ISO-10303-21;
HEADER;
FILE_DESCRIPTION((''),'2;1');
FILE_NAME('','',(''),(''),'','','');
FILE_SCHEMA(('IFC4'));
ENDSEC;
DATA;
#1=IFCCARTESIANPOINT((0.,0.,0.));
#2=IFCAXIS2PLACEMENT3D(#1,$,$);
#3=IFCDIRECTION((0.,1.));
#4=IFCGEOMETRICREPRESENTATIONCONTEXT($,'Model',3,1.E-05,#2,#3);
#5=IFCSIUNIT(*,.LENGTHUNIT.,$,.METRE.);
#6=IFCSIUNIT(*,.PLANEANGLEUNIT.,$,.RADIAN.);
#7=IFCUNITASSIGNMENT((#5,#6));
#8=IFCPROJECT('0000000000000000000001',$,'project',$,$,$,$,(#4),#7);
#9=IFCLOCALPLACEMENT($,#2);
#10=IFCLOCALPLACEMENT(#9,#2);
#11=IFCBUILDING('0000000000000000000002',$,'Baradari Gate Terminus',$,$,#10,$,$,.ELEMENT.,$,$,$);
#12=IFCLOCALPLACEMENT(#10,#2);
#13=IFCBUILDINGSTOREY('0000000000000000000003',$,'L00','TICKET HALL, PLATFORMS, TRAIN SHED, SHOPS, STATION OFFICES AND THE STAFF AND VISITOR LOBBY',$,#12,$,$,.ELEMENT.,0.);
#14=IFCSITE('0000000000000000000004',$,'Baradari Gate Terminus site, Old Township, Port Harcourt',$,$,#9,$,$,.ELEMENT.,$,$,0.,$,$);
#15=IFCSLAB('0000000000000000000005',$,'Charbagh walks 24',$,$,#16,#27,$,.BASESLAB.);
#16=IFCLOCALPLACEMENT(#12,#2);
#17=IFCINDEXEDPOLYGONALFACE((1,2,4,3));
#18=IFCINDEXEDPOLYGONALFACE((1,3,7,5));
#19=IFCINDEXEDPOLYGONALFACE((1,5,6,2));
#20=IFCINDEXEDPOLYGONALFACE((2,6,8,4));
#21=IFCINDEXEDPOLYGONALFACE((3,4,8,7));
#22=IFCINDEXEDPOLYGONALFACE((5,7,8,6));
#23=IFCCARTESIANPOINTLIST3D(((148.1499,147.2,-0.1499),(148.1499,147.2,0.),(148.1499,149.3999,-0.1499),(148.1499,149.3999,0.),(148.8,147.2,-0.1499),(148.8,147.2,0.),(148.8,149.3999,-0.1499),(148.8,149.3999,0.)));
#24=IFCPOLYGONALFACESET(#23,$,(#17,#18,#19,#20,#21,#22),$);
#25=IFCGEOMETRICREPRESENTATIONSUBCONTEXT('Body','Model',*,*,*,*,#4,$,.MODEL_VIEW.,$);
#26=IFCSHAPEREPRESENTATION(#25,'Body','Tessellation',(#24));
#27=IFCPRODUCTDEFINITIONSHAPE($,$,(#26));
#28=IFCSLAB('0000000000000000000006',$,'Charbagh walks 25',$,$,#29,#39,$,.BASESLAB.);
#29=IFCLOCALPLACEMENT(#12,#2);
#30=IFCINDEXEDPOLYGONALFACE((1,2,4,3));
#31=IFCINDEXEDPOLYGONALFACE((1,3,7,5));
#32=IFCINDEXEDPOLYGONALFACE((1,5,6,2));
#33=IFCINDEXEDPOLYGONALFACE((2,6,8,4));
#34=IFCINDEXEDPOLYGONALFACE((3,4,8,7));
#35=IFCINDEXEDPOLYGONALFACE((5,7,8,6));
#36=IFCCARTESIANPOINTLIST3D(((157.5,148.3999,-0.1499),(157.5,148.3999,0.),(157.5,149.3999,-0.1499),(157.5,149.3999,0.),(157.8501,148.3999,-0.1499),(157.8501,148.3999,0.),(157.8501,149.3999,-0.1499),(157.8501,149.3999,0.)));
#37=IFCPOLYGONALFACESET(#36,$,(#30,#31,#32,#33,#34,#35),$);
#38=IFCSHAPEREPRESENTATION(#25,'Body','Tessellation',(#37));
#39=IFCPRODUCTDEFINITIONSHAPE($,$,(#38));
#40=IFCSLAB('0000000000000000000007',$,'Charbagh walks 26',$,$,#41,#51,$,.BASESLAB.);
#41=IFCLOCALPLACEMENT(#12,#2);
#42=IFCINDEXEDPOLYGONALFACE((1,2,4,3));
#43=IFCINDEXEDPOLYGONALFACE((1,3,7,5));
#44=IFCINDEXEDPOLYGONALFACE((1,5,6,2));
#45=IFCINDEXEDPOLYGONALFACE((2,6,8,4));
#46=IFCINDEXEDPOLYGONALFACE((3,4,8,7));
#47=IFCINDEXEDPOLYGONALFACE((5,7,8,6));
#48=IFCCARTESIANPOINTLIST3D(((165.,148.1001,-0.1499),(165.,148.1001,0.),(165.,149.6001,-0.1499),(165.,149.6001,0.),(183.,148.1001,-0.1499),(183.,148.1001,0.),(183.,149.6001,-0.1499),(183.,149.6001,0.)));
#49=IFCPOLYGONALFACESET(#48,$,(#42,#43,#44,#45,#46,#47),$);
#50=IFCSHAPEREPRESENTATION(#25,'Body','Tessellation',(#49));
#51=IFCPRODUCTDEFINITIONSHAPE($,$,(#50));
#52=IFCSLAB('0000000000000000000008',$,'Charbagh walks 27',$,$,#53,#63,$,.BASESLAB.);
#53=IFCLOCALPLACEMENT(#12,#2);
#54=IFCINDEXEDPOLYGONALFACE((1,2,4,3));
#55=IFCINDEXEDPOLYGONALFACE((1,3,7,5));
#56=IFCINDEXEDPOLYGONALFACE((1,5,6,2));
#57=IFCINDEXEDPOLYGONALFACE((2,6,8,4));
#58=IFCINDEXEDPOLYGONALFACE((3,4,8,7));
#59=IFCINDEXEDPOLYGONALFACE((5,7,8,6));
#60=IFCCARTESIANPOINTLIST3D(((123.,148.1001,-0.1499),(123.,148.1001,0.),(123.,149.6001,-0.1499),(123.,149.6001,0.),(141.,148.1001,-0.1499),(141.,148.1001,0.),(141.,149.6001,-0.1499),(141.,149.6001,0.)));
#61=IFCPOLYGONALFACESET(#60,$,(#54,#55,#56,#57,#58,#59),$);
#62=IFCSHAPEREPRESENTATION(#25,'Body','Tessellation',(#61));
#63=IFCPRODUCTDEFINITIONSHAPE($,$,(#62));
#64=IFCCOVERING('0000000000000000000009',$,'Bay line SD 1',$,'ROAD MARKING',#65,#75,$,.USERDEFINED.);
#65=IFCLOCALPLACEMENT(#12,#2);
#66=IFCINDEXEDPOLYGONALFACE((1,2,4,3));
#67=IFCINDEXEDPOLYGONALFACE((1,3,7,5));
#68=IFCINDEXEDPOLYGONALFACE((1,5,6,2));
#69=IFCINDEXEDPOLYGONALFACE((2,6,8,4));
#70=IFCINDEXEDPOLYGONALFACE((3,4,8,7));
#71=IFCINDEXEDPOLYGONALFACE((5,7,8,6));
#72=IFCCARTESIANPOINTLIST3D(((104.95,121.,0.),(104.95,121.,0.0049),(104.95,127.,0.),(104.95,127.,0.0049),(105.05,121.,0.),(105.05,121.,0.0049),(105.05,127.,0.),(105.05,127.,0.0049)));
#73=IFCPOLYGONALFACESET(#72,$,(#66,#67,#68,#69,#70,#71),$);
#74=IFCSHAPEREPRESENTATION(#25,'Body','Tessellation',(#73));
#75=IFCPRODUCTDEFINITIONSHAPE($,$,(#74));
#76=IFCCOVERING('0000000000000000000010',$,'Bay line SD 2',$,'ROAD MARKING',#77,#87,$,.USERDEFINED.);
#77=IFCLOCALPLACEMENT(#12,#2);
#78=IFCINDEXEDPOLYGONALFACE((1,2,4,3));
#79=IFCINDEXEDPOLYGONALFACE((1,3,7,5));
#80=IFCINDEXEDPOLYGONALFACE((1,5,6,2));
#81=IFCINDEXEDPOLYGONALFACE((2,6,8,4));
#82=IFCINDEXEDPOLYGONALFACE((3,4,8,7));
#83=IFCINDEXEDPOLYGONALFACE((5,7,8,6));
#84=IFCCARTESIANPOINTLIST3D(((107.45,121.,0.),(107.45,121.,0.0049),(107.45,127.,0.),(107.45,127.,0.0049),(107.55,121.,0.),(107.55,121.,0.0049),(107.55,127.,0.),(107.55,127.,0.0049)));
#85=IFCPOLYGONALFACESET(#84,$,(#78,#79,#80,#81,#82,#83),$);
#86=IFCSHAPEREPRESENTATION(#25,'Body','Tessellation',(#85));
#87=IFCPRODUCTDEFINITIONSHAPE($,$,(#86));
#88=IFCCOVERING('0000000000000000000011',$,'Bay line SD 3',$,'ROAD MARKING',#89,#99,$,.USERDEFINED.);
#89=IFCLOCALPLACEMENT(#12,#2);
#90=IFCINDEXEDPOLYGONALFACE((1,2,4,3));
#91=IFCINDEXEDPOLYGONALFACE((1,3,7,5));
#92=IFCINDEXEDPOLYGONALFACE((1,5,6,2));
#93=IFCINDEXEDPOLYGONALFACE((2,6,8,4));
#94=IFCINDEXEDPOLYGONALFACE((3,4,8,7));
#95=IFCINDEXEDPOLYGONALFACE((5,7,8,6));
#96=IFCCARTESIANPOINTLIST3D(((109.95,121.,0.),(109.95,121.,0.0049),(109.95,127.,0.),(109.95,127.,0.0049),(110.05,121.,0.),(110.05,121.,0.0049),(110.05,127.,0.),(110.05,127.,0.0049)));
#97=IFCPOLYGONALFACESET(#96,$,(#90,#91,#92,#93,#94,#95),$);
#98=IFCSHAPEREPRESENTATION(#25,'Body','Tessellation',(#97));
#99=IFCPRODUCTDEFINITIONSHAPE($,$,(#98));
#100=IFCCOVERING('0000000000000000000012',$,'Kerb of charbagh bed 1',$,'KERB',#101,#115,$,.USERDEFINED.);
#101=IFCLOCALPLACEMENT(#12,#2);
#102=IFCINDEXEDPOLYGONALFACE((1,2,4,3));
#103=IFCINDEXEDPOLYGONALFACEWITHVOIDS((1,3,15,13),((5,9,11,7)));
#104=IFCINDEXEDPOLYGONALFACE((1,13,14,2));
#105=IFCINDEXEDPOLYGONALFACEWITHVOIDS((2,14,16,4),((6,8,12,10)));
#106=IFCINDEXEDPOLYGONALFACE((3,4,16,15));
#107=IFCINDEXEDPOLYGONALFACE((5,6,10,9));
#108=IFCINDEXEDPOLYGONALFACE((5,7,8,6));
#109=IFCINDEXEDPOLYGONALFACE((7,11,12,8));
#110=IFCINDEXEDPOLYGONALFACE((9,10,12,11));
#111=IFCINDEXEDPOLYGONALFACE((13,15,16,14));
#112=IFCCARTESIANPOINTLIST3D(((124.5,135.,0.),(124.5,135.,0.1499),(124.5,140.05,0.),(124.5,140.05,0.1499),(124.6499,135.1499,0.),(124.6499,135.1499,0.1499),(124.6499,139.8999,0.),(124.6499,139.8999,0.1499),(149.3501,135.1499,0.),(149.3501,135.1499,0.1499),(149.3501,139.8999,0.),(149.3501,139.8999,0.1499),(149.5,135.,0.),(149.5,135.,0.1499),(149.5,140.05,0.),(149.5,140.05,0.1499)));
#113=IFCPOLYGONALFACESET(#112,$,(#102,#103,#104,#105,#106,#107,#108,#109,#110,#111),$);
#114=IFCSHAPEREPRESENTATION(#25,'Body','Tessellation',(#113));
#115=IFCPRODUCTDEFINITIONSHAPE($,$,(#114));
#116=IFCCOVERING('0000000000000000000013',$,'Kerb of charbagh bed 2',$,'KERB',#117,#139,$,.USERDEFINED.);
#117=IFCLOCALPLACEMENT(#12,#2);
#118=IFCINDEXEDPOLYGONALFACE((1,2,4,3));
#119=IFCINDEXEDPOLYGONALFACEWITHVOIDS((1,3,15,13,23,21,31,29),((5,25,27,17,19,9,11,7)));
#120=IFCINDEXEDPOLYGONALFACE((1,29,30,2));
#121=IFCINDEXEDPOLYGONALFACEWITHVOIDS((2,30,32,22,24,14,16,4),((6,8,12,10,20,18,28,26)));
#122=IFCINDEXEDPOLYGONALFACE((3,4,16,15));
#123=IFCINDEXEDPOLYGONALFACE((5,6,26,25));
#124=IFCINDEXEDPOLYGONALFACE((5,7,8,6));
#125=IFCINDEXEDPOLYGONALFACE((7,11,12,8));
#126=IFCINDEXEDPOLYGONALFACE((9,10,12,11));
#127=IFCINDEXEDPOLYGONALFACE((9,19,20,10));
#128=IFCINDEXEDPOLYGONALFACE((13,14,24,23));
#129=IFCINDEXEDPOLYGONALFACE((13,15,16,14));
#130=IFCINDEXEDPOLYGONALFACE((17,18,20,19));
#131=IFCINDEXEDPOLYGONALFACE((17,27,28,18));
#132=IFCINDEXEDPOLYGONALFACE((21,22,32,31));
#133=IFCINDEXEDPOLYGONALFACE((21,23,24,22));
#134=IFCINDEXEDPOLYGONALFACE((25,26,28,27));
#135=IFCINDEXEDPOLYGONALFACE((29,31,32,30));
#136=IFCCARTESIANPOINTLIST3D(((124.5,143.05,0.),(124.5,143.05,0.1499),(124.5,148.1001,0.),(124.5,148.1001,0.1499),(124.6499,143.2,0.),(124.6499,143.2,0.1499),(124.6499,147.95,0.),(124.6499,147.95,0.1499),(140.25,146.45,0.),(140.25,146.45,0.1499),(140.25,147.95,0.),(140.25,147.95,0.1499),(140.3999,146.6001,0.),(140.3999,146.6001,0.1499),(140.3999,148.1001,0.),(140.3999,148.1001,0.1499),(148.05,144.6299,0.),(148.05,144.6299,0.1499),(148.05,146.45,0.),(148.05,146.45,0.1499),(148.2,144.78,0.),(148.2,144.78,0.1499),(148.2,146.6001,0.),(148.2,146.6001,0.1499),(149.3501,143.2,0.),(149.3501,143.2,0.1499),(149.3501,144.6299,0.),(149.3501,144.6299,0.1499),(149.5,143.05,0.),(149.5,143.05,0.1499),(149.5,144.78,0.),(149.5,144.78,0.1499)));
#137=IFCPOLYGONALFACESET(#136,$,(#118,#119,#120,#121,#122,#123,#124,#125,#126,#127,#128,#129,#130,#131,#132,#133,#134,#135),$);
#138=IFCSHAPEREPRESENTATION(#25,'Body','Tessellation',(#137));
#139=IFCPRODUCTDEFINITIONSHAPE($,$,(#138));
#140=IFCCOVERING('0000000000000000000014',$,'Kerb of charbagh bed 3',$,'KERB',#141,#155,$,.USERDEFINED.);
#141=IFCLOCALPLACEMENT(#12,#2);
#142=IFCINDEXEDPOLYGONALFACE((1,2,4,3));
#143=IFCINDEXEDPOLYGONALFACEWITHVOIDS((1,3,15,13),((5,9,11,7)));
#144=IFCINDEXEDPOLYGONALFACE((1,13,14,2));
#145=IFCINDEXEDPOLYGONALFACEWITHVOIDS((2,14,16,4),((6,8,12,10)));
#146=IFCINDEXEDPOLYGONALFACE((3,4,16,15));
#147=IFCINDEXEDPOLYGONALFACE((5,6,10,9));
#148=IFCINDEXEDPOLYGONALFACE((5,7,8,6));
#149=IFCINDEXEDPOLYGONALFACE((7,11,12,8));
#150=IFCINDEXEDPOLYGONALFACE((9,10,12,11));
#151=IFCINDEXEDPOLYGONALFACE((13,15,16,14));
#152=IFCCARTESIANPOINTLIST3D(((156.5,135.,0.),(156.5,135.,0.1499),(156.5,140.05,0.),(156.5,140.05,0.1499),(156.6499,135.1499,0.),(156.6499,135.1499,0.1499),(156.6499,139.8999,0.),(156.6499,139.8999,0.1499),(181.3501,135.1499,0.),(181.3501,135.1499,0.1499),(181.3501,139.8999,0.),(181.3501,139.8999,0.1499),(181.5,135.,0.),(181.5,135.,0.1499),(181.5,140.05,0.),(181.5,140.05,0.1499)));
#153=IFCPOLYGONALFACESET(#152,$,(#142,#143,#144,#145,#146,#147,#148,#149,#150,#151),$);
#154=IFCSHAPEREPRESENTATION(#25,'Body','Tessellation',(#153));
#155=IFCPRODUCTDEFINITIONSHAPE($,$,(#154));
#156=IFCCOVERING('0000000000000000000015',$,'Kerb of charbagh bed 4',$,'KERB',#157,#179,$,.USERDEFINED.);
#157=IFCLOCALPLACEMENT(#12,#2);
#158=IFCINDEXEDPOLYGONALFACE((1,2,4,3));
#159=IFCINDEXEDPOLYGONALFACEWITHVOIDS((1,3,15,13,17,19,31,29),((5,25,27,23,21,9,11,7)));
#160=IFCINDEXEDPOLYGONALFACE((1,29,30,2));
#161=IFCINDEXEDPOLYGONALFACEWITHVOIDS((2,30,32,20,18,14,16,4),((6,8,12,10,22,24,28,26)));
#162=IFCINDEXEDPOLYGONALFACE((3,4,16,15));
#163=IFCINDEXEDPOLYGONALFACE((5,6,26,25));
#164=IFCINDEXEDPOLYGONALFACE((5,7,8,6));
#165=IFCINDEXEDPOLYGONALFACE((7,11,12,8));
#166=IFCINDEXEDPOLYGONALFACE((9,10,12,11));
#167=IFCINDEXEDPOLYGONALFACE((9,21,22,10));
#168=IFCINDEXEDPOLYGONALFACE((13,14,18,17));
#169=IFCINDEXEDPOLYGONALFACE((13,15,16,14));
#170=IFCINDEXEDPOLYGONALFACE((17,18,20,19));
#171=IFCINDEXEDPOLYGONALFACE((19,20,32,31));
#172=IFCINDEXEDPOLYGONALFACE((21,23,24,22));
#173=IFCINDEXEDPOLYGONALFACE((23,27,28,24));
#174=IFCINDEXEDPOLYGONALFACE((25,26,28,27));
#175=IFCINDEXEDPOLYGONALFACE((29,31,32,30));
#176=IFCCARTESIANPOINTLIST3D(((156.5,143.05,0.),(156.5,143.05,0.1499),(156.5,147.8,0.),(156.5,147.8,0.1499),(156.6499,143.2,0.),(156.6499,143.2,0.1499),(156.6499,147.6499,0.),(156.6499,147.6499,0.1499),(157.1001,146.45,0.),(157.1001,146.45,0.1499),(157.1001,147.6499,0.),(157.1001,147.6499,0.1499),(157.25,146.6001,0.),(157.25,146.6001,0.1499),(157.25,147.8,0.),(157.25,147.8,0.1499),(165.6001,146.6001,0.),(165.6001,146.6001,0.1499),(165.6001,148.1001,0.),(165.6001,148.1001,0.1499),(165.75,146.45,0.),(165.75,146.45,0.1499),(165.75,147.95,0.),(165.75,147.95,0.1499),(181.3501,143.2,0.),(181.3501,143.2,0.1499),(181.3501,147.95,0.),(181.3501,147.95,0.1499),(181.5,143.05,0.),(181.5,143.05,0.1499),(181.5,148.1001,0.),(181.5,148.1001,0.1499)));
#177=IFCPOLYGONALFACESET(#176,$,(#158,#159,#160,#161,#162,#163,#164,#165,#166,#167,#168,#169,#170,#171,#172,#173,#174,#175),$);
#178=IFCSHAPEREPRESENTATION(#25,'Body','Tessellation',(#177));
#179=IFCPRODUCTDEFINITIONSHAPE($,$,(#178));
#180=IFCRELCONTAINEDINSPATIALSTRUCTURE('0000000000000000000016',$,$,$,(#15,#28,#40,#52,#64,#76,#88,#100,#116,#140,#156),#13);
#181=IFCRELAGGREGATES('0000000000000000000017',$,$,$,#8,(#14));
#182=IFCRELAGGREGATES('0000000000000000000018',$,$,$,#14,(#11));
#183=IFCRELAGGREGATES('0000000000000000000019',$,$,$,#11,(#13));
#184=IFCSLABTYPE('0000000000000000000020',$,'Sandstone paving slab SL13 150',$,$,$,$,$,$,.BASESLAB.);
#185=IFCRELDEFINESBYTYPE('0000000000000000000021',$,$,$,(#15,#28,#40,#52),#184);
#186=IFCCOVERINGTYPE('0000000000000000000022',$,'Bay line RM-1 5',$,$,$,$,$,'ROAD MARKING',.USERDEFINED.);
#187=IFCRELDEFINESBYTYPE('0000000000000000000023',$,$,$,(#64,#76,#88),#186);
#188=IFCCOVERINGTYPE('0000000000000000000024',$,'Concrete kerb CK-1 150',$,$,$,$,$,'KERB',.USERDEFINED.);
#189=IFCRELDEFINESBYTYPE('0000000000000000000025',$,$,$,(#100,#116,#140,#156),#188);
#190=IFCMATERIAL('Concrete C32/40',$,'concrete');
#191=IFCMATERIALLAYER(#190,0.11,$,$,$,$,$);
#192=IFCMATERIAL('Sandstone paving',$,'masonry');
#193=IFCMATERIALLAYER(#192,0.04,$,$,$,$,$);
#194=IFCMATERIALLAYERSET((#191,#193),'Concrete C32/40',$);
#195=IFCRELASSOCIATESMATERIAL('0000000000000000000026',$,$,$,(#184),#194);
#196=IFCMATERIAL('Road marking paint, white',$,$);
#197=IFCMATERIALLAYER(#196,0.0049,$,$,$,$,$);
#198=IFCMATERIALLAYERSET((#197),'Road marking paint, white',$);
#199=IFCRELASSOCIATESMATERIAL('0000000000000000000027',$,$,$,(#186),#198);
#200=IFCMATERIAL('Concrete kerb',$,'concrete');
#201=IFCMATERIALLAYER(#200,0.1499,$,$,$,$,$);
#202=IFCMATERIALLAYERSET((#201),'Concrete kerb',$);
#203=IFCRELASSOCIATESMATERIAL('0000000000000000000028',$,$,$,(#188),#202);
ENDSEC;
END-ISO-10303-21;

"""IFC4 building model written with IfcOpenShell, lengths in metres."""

from ifc_helpers import new_model, si_unit, direction, frame, origin, place, context, subcontext, project, spatial, polyline, outline, extrude, material, layer, layer_set, type_object, element, save


model = new_model("IFC4")

# Units and contexts
model_context = context("Model", 3, precision=1e-05, world=origin(), true_north=direction((0.0, 1.0)))
body_context = subcontext(model_context, "Body", "Model", "MODEL_VIEW")
ifc_project = project(units=[si_unit("LENGTHUNIT", "METRE"), si_unit("PLANEANGLEUNIT", "RADIAN")], contexts=[model_context])

# Site, building, storey
site_placement = place(None, origin())
site = spatial("IfcSite", under=ifc_project, at=site_placement, Name="Baradari Gate Terminus site, Old Township, Port Harcourt", CompositionType="ELEMENT", RefElevation=0.0)
building_placement = place(site_placement, origin())
building = spatial("IfcBuilding", under=site, at=building_placement, Name="Baradari Gate Terminus", CompositionType="ELEMENT")
storey_placement = place(building_placement, origin())
storey = spatial("IfcBuildingStorey", under=building, at=storey_placement, Name="L00", Description="TICKET HALL, PLATFORMS, TRAIN SHED, SHOPS, STATION OFFICES AND THE STAFF AND VISITOR LOBBY", CompositionType="ELEMENT", Elevation=0.0)

# Slabs
ifc_material_1 = material(Name="Concrete C32/40", Category="concrete")
ifc_layer_1 = layer(ifc_material_1, 0.11)
ifc_material_2 = material(Name="Sandstone paving", Category="masonry")
ifc_layer_2 = layer(ifc_material_2, 0.04)
ifc_layer_set_1 = layer_set([ifc_layer_1, ifc_layer_2], Name="Concrete C32/40")
slab_type = type_object("IfcSlabType", Name="Sandstone paving slab SL13 150", PredefinedType="BASESLAB", material=ifc_layer_set_1)
slab_1_placement = place(storey_placement, frame((0.0, 0.0, -0.1499)))
element("IfcSlab", 1, at=slab_1_placement, inside=storey, type_object=slab_type, Name="Charbagh walks 24", PredefinedType="BASESLAB", context=body_context, shape_type="SweptSolid", body=[
    extrude(outline(polyline([(148.8, 147.2), (148.8, 149.3999), (148.1499, 149.3999), (148.1499, 147.2), (148.8, 147.2)])), origin(), (0.0, 0.0, 1.0), 0.1499),
])
slab_2_placement = place(storey_placement, frame((0.0, 0.0, -0.1499)))
element("IfcSlab", 2, at=slab_2_placement, inside=storey, type_object=slab_type, Name="Charbagh walks 25", PredefinedType="BASESLAB", context=body_context, shape_type="SweptSolid", body=[
    extrude(outline(polyline([(157.8501, 148.3999), (157.8501, 149.3999), (157.5, 149.3999), (157.5, 148.3999), (157.8501, 148.3999)])), origin(), (0.0, 0.0, 1.0), 0.1499),
])
slab_3_placement = place(storey_placement, frame((0.0, 0.0, -0.1499)))
element("IfcSlab", 3, at=slab_3_placement, inside=storey, type_object=slab_type, Name="Charbagh walks 26", PredefinedType="BASESLAB", context=body_context, shape_type="SweptSolid", body=[
    extrude(outline(polyline([(183.0, 148.1001), (183.0, 149.6001), (165.0, 149.6001), (165.0, 148.1001), (183.0, 148.1001)])), origin(), (0.0, 0.0, 1.0), 0.1499),
])
slab_4_placement = place(storey_placement, frame((0.0, 0.0, -0.1499)))
element("IfcSlab", 4, at=slab_4_placement, inside=storey, type_object=slab_type, Name="Charbagh walks 27", PredefinedType="BASESLAB", context=body_context, shape_type="SweptSolid", body=[
    extrude(outline(polyline([(141.0, 148.1001), (141.0, 149.6001), (123.0, 149.6001), (123.0, 148.1001), (141.0, 148.1001)])), origin(), (0.0, 0.0, 1.0), 0.1499),
])

# Coverings
ifc_material_3 = material(Name="Road marking paint, white")
ifc_layer_3 = layer(ifc_material_3, 0.0049)
ifc_layer_set_2 = layer_set([ifc_layer_3], Name="Road marking paint, white")
covering_type_1 = type_object("IfcCoveringType", Name="Bay line RM-1 5", ElementType="ROAD MARKING", PredefinedType="USERDEFINED", material=ifc_layer_set_2)
covering_1_placement = place(storey_placement, origin())
element("IfcCovering", 5, at=covering_1_placement, inside=storey, type_object=covering_type_1, Name="Bay line SD 1", ObjectType="ROAD MARKING", PredefinedType="USERDEFINED", context=body_context, shape_type="SweptSolid", body=[
    extrude(outline(polyline([(104.95, 121.0), (105.05, 121.0), (105.05, 127.0), (104.95, 127.0), (104.95, 121.0)])), origin(), (0.0, 0.0, 1.0), 0.0049),
])
covering_2_placement = place(storey_placement, origin())
element("IfcCovering", 6, at=covering_2_placement, inside=storey, type_object=covering_type_1, Name="Bay line SD 2", ObjectType="ROAD MARKING", PredefinedType="USERDEFINED", context=body_context, shape_type="SweptSolid", body=[
    extrude(outline(polyline([(107.45, 121.0), (107.55, 121.0), (107.55, 127.0), (107.45, 127.0), (107.45, 121.0)])), origin(), (0.0, 0.0, 1.0), 0.0049),
])
covering_3_placement = place(storey_placement, origin())
element("IfcCovering", 7, at=covering_3_placement, inside=storey, type_object=covering_type_1, Name="Bay line SD 3", ObjectType="ROAD MARKING", PredefinedType="USERDEFINED", context=body_context, shape_type="SweptSolid", body=[
    extrude(outline(polyline([(109.95, 121.0), (110.05, 121.0), (110.05, 127.0), (109.95, 127.0), (109.95, 121.0)])), origin(), (0.0, 0.0, 1.0), 0.0049),
])
ifc_material_4 = material(Name="Concrete kerb", Category="concrete")
ifc_layer_4 = layer(ifc_material_4, 0.1499)
ifc_layer_set_3 = layer_set([ifc_layer_4], Name="Concrete kerb")
covering_type_2 = type_object("IfcCoveringType", Name="Concrete kerb CK-1 150", ElementType="KERB", PredefinedType="USERDEFINED", material=ifc_layer_set_3)
covering_4_placement = place(storey_placement, origin())
element("IfcCovering", 8, at=covering_4_placement, inside=storey, type_object=covering_type_2, Name="Kerb of charbagh bed 1", ObjectType="KERB", PredefinedType="USERDEFINED", context=body_context, shape_type="SweptSolid", body=[
    extrude(outline(polyline([(124.5, 140.05), (124.5, 135.0), (149.5, 135.0), (149.5, 140.05), (124.5, 140.05)]), holes=[polyline([(149.3501, 135.1499), (124.6499, 135.1499), (124.6499, 139.8999), (149.3501, 139.8999), (149.3501, 135.1499)])]), origin(), (0.0, 0.0, 1.0), 0.1499),
])
covering_5_placement = place(storey_placement, origin())
element("IfcCovering", 9, at=covering_5_placement, inside=storey, type_object=covering_type_2, Name="Kerb of charbagh bed 2", ObjectType="KERB", PredefinedType="USERDEFINED", context=body_context, shape_type="SweptSolid", body=[
    extrude(outline(polyline([(124.5, 143.05), (149.5, 143.05), (149.5, 144.78), (148.2, 144.78), (148.2, 146.6001), (140.3999, 146.6001), (140.3999, 148.1001), (124.5, 148.1001), (124.5, 143.05)]), holes=[polyline([(149.3501, 144.6299), (149.3501, 143.2), (124.6499, 143.2), (124.6499, 147.95), (140.25, 147.95), (140.25, 146.45), (148.05, 146.45), (148.05, 144.6299), (149.3501, 144.6299)])]), origin(), (0.0, 0.0, 1.0), 0.1499),
])
covering_6_placement = place(storey_placement, origin())
element("IfcCovering", 10, at=covering_6_placement, inside=storey, type_object=covering_type_2, Name="Kerb of charbagh bed 3", ObjectType="KERB", PredefinedType="USERDEFINED", context=body_context, shape_type="SweptSolid", body=[
    extrude(outline(polyline([(156.5, 140.05), (156.5, 135.0), (181.5, 135.0), (181.5, 140.05), (156.5, 140.05)]), holes=[polyline([(181.3501, 135.1499), (156.6499, 135.1499), (156.6499, 139.8999), (181.3501, 139.8999), (181.3501, 135.1499)])]), origin(), (0.0, 0.0, 1.0), 0.1499),
])
covering_7_placement = place(storey_placement, origin())
element("IfcCovering", 11, at=covering_7_placement, inside=storey, type_object=covering_type_2, Name="Kerb of charbagh bed 4", ObjectType="KERB", PredefinedType="USERDEFINED", context=body_context, shape_type="SweptSolid", body=[
    extrude(outline(polyline([(181.5, 143.05), (181.5, 148.1001), (165.6001, 148.1001), (165.6001, 146.6001), (157.25, 146.6001), (157.25, 147.8), (156.5, 147.8), (156.5, 143.05), (181.5, 143.05)]), holes=[polyline([(165.75, 147.95), (181.3501, 147.95), (181.3501, 143.2), (156.6499, 143.2), (156.6499, 147.6499), (157.1001, 147.6499), (157.1001, 146.45), (165.75, 146.45), (165.75, 147.95)])]), origin(), (0.0, 0.0, 1.0), 0.1499),
])

save(model, "model.ifc")
